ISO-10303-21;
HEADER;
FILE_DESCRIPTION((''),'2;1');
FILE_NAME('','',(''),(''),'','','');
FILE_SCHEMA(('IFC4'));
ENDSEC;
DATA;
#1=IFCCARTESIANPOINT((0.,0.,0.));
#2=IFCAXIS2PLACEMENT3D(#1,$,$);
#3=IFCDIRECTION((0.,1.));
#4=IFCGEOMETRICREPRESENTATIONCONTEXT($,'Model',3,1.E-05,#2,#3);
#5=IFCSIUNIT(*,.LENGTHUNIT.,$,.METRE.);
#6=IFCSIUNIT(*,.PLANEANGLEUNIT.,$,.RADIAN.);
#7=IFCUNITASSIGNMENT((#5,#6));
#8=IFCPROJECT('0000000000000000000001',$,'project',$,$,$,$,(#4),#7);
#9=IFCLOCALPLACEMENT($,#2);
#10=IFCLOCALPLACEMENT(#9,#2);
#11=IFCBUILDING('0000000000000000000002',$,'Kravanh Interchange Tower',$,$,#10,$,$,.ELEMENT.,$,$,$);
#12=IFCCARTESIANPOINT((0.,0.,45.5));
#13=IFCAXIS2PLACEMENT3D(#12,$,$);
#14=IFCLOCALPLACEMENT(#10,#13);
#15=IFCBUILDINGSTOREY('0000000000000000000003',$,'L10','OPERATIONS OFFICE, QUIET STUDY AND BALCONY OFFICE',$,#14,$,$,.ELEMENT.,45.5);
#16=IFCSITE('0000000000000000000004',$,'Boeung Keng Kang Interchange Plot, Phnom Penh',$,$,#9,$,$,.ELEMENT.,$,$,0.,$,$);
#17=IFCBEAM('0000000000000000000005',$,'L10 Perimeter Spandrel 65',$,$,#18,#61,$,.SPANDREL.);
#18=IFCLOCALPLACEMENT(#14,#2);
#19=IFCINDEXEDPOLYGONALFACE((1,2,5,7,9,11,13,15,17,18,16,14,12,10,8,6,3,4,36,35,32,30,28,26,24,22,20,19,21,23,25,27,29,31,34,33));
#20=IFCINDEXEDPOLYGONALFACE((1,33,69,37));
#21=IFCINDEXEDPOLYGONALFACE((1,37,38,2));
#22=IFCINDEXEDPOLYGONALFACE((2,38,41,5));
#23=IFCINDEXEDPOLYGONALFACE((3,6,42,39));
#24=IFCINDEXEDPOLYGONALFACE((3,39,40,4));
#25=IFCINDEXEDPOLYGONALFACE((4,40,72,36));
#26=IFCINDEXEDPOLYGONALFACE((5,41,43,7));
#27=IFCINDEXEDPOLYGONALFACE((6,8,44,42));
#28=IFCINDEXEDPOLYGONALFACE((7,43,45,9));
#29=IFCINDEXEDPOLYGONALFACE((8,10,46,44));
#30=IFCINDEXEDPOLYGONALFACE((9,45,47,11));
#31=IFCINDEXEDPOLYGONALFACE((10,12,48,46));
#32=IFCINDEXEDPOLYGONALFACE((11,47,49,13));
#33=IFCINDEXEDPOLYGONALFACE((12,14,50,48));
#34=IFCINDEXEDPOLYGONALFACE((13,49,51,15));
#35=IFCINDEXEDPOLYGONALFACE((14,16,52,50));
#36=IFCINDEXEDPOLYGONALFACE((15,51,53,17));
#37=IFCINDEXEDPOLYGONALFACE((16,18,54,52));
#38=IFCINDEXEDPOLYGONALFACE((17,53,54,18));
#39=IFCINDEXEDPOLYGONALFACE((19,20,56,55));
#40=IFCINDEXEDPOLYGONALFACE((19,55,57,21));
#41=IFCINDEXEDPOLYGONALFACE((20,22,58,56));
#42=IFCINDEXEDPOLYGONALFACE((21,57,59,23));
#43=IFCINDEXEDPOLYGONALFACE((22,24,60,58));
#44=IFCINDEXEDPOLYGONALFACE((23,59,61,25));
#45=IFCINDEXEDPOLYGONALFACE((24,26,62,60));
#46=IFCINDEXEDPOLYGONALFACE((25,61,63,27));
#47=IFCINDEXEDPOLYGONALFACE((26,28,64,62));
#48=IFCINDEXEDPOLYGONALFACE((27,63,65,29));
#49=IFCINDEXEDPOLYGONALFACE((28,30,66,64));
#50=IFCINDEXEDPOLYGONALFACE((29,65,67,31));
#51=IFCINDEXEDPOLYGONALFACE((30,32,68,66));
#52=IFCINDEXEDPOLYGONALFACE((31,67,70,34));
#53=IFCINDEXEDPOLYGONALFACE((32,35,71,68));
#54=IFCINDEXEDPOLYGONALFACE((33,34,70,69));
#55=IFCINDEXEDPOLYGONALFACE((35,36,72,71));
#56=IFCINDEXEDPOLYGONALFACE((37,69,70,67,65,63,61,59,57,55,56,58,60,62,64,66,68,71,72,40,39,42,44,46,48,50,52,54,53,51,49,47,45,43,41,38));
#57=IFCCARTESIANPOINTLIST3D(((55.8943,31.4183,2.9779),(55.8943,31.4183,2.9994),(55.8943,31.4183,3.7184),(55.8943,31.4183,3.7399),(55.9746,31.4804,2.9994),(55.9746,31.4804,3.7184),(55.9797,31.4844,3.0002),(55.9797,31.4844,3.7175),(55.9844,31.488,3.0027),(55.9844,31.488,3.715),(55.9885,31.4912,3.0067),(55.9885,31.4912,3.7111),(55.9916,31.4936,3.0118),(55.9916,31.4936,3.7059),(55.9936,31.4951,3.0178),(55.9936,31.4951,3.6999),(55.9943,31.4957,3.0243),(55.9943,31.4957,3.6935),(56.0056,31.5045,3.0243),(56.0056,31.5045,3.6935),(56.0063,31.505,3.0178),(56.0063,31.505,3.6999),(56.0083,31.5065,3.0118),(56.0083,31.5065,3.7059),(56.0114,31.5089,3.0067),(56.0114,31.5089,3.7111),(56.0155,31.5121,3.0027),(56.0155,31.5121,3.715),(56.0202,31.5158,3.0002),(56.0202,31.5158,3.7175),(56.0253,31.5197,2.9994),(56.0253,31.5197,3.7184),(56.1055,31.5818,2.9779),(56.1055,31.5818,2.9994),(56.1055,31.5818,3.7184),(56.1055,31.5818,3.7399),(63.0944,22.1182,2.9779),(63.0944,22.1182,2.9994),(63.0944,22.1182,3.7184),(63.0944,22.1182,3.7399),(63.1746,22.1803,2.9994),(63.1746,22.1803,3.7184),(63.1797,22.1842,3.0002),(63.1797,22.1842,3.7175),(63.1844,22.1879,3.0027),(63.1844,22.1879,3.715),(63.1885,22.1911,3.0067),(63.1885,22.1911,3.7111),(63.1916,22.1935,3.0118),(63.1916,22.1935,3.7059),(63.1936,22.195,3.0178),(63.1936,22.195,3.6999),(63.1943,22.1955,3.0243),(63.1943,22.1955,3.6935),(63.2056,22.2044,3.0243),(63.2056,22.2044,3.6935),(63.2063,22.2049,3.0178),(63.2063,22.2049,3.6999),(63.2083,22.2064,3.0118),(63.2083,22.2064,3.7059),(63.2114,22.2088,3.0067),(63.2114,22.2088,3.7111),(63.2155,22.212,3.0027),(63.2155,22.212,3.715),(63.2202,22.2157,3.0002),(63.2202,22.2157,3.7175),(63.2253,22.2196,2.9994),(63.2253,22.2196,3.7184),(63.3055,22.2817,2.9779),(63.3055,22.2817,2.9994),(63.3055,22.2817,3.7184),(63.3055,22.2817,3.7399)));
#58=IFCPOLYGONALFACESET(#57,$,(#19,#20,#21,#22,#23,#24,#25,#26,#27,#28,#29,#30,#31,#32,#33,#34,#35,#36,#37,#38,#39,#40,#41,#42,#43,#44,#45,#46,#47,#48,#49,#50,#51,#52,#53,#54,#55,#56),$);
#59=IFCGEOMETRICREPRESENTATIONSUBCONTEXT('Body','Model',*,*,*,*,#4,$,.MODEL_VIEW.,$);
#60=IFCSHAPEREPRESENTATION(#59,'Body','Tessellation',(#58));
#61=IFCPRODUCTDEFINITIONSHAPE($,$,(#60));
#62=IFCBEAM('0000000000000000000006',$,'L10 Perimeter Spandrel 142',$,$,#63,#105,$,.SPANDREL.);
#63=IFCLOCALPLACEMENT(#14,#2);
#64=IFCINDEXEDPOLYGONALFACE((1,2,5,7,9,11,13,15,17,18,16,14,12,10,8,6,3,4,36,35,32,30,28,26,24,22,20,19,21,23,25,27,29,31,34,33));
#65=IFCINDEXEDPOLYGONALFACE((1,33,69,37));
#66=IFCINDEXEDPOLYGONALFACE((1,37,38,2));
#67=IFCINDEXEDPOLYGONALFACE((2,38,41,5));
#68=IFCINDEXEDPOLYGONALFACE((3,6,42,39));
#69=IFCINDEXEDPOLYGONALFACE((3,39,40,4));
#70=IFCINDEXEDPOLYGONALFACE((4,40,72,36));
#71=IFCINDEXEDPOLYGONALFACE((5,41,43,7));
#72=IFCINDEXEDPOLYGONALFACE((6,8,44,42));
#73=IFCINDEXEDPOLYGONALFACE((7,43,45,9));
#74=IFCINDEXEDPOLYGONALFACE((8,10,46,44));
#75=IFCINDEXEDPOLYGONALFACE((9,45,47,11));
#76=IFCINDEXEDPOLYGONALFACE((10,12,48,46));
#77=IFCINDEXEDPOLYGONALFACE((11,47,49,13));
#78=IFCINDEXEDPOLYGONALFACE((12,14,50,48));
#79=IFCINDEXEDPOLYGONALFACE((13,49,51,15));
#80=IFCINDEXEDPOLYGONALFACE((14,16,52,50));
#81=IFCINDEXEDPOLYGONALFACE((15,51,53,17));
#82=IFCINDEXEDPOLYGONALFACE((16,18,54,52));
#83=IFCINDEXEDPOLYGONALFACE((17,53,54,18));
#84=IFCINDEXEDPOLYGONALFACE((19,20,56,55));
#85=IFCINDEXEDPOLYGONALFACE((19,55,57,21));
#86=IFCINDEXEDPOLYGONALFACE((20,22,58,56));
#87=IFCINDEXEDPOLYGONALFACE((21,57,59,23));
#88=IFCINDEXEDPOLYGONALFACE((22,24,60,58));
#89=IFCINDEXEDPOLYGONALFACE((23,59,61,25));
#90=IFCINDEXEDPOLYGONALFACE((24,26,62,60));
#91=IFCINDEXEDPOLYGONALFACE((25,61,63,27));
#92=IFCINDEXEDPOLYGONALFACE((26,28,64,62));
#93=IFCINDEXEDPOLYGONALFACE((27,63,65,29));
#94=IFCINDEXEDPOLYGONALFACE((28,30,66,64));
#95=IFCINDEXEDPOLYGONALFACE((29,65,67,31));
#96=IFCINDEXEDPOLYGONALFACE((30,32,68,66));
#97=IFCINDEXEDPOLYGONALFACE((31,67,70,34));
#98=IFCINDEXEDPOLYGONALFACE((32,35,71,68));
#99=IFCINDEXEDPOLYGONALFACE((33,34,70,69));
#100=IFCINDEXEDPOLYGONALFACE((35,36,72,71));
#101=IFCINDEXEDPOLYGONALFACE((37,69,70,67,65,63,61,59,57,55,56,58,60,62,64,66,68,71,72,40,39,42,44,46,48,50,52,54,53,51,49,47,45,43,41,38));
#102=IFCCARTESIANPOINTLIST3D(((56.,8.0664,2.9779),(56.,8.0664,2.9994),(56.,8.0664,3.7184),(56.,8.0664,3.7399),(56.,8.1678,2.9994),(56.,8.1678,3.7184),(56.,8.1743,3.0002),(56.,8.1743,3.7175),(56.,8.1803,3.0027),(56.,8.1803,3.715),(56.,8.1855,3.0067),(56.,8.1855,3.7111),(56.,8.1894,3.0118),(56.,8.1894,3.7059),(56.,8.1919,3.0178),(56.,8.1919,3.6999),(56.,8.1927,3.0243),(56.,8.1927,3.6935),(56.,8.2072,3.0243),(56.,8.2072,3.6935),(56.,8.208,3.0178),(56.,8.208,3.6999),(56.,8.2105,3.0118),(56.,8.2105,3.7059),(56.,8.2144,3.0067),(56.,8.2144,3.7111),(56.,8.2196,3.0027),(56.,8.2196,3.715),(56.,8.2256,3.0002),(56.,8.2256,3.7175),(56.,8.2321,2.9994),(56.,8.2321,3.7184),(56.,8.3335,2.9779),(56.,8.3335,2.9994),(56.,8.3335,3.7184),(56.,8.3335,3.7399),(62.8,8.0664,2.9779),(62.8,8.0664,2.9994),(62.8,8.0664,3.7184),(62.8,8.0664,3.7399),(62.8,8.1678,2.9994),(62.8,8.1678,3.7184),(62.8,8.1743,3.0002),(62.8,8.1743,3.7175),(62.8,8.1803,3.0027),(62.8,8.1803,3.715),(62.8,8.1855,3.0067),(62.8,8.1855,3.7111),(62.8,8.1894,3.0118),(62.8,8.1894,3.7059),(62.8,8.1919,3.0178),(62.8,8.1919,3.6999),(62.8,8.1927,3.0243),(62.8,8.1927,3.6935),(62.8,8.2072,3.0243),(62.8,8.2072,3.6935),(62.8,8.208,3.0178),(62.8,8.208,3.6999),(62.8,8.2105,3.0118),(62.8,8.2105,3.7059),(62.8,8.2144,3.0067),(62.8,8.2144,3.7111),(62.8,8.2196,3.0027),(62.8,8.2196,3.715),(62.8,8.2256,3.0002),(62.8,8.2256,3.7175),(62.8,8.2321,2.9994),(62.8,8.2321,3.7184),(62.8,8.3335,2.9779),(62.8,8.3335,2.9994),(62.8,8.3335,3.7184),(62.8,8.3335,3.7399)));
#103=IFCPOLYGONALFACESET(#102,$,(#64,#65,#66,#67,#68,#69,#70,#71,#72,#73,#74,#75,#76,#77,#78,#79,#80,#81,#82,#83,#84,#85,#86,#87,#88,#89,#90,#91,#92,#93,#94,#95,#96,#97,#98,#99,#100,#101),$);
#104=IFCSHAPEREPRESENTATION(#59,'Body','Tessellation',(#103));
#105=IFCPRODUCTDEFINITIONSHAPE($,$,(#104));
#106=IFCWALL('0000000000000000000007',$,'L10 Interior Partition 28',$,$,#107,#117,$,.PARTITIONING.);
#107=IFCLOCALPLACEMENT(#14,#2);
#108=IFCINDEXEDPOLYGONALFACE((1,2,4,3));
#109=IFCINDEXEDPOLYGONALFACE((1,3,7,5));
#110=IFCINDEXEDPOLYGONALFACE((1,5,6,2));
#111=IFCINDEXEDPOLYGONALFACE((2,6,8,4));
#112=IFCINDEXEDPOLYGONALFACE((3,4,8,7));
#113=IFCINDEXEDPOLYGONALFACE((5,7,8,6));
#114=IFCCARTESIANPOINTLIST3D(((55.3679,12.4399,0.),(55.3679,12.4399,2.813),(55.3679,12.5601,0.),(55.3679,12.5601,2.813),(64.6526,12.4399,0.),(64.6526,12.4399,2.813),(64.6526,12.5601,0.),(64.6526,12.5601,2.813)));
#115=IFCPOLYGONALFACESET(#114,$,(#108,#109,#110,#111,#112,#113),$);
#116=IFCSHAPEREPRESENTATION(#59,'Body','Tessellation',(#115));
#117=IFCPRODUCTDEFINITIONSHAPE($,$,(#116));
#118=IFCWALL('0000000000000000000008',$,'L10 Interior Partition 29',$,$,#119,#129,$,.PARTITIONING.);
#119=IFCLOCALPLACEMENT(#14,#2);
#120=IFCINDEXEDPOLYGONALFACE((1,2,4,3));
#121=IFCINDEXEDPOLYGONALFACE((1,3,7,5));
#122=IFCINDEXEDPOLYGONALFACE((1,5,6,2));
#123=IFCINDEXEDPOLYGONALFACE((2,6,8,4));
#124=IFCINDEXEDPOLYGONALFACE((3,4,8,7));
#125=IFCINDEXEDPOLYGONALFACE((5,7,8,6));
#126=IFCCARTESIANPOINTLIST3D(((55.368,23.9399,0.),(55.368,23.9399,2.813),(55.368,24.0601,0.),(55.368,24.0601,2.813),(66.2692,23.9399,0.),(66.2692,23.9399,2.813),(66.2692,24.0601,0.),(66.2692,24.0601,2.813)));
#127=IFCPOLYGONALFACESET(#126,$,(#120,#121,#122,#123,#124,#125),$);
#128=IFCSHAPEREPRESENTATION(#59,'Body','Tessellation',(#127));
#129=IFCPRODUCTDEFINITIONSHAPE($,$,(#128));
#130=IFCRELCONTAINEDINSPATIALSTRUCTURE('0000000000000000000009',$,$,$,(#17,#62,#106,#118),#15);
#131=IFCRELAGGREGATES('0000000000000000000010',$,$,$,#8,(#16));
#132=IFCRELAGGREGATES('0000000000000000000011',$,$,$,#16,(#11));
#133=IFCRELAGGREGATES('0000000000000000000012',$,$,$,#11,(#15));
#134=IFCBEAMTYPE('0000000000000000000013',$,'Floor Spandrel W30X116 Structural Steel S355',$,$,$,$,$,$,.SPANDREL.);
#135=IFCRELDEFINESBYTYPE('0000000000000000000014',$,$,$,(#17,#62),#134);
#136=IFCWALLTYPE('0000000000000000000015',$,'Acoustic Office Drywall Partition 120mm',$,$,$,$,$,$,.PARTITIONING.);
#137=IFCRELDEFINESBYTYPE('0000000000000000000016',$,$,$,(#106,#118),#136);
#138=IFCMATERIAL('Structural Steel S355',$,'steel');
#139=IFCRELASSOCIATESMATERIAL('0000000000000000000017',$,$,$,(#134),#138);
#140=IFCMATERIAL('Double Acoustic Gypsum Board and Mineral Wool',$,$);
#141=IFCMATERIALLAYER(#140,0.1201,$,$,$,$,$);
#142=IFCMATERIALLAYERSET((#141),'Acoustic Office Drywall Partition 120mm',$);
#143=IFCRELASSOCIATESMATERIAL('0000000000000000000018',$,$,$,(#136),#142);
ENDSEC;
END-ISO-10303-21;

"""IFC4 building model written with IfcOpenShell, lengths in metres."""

from ifc_helpers import new_model, si_unit, direction, frame, frame_2d, origin, origin_2d, place, context, subcontext, project, spatial, rectangle, i_section, extrude, material, layer, layer_set, material_profile, profile_set, type_object, element, save


model = new_model("IFC4")

# Units and contexts
model_context = context("Model", 3, precision=1e-05, world=origin(), true_north=direction((0.0, 1.0)))
body_context = subcontext(model_context, "Body", "Model", "MODEL_VIEW")
ifc_project = project(units=[si_unit("LENGTHUNIT", "METRE"), si_unit("PLANEANGLEUNIT", "RADIAN")], contexts=[model_context])

# Site, building, storey
site_placement = place(None, origin())
site = spatial("IfcSite", under=ifc_project, at=site_placement, Name="Boeung Keng Kang Interchange Plot, Phnom Penh", CompositionType="ELEMENT", RefElevation=0.0)
building_placement = place(site_placement, origin())
building = spatial("IfcBuilding", under=site, at=building_placement, Name="Kravanh Interchange Tower", CompositionType="ELEMENT")
storey_placement = place(building_placement, frame((0.0, 0.0, 45.5)))
storey = spatial("IfcBuildingStorey", under=building, at=storey_placement, Name="L10", Description="OPERATIONS OFFICE, QUIET STUDY AND BALCONY OFFICE", CompositionType="ELEMENT", Elevation=45.5)

# Beams
ifc_material_1 = material(Name="Structural Steel S355", Category="steel")
ifc_material_profile_1 = material_profile(ifc_material_1, i_section(OverallWidth=0.2671, OverallDepth=0.762, WebThickness=0.0144, FlangeThickness=0.0215, FilletRadius=0.0249, at=origin_2d()), Name="W30X116")
ifc_profile_set_1 = profile_set([ifc_material_profile_1], Name="Structural Steel S355")
beam_type_1 = type_object("IfcBeamType", Name="Floor Spandrel W30X116 Structural Steel S355", PredefinedType="SPANDREL", material=ifc_profile_set_1)
beam_1_placement = place(storey_placement, frame((63.2, 22.2, 3.3589), z_axis=(-0.612169, 0.790727, 0.0), x_axis=(-0.790727, -0.612169, 0.0)))
element("IfcBeam", 1, at=beam_1_placement, inside=storey, type_object=beam_type_1, Name="L10 Perimeter Spandrel 65", PredefinedType="SPANDREL", context=body_context, shape_type="SweptSolid", body=[
    extrude(i_section(OverallWidth=0.2671, OverallDepth=0.762, WebThickness=0.0144, FlangeThickness=0.0215, FilletRadius=0.0249, at=origin_2d()), origin(), (0.0, 0.0, 1.0), 11.7615),
])
beam_2_placement = place(storey_placement, frame((56.0, 8.2, 3.3589), z_axis=(1.0, 0.0, 0.0), x_axis=(0.0, 1.0, 0.0)))
element("IfcBeam", 2, at=beam_2_placement, inside=storey, type_object=beam_type_1, Name="L10 Perimeter Spandrel 142", PredefinedType="SPANDREL", context=body_context, shape_type="SweptSolid", body=[
    extrude(i_section(OverallWidth=0.2671, OverallDepth=0.762, WebThickness=0.0144, FlangeThickness=0.0215, FilletRadius=0.0249, at=origin_2d()), origin(), (0.0, 0.0, 1.0), 6.8),
])

# Walls
ifc_material_2 = material(Name="Double Acoustic Gypsum Board and Mineral Wool")
ifc_layer_1 = layer(ifc_material_2, 0.1201)
ifc_layer_set_1 = layer_set([ifc_layer_1], Name="Acoustic Office Drywall Partition 120mm")
wall_type = type_object("IfcWallType", Name="Acoustic Office Drywall Partition 120mm", PredefinedType="PARTITIONING", material=ifc_layer_set_1)
wall_1_placement = place(storey_placement, frame((55.3679, 12.5, 0.0), z_axis=(0.0, 0.0, 1.0), x_axis=(1.0, 0.0, 0.0)))
element("IfcWall", 3, at=wall_1_placement, inside=storey, type_object=wall_type, Name="L10 Interior Partition 28", PredefinedType="PARTITIONING", context=body_context, shape_type="SweptSolid", body=[
    extrude(rectangle(XDim=9.2847, YDim=0.1201, at=frame_2d((4.6423, 0.0))), origin(), (0.0, 0.0, 1.0), 2.813),
])
wall_2_placement = place(storey_placement, frame((55.3679, 24.0, 0.0), z_axis=(0.0, 0.0, 1.0), x_axis=(1.0, 0.0, 0.0)))
element("IfcWall", 4, at=wall_2_placement, inside=storey, type_object=wall_type, Name="L10 Interior Partition 29", PredefinedType="PARTITIONING", context=body_context, shape_type="SweptSolid", body=[
    extrude(rectangle(XDim=10.9011, YDim=0.1201, at=frame_2d((5.4507, 0.0))), origin(), (0.0, 0.0, 1.0), 2.813),
])

save(model, "model.ifc")
